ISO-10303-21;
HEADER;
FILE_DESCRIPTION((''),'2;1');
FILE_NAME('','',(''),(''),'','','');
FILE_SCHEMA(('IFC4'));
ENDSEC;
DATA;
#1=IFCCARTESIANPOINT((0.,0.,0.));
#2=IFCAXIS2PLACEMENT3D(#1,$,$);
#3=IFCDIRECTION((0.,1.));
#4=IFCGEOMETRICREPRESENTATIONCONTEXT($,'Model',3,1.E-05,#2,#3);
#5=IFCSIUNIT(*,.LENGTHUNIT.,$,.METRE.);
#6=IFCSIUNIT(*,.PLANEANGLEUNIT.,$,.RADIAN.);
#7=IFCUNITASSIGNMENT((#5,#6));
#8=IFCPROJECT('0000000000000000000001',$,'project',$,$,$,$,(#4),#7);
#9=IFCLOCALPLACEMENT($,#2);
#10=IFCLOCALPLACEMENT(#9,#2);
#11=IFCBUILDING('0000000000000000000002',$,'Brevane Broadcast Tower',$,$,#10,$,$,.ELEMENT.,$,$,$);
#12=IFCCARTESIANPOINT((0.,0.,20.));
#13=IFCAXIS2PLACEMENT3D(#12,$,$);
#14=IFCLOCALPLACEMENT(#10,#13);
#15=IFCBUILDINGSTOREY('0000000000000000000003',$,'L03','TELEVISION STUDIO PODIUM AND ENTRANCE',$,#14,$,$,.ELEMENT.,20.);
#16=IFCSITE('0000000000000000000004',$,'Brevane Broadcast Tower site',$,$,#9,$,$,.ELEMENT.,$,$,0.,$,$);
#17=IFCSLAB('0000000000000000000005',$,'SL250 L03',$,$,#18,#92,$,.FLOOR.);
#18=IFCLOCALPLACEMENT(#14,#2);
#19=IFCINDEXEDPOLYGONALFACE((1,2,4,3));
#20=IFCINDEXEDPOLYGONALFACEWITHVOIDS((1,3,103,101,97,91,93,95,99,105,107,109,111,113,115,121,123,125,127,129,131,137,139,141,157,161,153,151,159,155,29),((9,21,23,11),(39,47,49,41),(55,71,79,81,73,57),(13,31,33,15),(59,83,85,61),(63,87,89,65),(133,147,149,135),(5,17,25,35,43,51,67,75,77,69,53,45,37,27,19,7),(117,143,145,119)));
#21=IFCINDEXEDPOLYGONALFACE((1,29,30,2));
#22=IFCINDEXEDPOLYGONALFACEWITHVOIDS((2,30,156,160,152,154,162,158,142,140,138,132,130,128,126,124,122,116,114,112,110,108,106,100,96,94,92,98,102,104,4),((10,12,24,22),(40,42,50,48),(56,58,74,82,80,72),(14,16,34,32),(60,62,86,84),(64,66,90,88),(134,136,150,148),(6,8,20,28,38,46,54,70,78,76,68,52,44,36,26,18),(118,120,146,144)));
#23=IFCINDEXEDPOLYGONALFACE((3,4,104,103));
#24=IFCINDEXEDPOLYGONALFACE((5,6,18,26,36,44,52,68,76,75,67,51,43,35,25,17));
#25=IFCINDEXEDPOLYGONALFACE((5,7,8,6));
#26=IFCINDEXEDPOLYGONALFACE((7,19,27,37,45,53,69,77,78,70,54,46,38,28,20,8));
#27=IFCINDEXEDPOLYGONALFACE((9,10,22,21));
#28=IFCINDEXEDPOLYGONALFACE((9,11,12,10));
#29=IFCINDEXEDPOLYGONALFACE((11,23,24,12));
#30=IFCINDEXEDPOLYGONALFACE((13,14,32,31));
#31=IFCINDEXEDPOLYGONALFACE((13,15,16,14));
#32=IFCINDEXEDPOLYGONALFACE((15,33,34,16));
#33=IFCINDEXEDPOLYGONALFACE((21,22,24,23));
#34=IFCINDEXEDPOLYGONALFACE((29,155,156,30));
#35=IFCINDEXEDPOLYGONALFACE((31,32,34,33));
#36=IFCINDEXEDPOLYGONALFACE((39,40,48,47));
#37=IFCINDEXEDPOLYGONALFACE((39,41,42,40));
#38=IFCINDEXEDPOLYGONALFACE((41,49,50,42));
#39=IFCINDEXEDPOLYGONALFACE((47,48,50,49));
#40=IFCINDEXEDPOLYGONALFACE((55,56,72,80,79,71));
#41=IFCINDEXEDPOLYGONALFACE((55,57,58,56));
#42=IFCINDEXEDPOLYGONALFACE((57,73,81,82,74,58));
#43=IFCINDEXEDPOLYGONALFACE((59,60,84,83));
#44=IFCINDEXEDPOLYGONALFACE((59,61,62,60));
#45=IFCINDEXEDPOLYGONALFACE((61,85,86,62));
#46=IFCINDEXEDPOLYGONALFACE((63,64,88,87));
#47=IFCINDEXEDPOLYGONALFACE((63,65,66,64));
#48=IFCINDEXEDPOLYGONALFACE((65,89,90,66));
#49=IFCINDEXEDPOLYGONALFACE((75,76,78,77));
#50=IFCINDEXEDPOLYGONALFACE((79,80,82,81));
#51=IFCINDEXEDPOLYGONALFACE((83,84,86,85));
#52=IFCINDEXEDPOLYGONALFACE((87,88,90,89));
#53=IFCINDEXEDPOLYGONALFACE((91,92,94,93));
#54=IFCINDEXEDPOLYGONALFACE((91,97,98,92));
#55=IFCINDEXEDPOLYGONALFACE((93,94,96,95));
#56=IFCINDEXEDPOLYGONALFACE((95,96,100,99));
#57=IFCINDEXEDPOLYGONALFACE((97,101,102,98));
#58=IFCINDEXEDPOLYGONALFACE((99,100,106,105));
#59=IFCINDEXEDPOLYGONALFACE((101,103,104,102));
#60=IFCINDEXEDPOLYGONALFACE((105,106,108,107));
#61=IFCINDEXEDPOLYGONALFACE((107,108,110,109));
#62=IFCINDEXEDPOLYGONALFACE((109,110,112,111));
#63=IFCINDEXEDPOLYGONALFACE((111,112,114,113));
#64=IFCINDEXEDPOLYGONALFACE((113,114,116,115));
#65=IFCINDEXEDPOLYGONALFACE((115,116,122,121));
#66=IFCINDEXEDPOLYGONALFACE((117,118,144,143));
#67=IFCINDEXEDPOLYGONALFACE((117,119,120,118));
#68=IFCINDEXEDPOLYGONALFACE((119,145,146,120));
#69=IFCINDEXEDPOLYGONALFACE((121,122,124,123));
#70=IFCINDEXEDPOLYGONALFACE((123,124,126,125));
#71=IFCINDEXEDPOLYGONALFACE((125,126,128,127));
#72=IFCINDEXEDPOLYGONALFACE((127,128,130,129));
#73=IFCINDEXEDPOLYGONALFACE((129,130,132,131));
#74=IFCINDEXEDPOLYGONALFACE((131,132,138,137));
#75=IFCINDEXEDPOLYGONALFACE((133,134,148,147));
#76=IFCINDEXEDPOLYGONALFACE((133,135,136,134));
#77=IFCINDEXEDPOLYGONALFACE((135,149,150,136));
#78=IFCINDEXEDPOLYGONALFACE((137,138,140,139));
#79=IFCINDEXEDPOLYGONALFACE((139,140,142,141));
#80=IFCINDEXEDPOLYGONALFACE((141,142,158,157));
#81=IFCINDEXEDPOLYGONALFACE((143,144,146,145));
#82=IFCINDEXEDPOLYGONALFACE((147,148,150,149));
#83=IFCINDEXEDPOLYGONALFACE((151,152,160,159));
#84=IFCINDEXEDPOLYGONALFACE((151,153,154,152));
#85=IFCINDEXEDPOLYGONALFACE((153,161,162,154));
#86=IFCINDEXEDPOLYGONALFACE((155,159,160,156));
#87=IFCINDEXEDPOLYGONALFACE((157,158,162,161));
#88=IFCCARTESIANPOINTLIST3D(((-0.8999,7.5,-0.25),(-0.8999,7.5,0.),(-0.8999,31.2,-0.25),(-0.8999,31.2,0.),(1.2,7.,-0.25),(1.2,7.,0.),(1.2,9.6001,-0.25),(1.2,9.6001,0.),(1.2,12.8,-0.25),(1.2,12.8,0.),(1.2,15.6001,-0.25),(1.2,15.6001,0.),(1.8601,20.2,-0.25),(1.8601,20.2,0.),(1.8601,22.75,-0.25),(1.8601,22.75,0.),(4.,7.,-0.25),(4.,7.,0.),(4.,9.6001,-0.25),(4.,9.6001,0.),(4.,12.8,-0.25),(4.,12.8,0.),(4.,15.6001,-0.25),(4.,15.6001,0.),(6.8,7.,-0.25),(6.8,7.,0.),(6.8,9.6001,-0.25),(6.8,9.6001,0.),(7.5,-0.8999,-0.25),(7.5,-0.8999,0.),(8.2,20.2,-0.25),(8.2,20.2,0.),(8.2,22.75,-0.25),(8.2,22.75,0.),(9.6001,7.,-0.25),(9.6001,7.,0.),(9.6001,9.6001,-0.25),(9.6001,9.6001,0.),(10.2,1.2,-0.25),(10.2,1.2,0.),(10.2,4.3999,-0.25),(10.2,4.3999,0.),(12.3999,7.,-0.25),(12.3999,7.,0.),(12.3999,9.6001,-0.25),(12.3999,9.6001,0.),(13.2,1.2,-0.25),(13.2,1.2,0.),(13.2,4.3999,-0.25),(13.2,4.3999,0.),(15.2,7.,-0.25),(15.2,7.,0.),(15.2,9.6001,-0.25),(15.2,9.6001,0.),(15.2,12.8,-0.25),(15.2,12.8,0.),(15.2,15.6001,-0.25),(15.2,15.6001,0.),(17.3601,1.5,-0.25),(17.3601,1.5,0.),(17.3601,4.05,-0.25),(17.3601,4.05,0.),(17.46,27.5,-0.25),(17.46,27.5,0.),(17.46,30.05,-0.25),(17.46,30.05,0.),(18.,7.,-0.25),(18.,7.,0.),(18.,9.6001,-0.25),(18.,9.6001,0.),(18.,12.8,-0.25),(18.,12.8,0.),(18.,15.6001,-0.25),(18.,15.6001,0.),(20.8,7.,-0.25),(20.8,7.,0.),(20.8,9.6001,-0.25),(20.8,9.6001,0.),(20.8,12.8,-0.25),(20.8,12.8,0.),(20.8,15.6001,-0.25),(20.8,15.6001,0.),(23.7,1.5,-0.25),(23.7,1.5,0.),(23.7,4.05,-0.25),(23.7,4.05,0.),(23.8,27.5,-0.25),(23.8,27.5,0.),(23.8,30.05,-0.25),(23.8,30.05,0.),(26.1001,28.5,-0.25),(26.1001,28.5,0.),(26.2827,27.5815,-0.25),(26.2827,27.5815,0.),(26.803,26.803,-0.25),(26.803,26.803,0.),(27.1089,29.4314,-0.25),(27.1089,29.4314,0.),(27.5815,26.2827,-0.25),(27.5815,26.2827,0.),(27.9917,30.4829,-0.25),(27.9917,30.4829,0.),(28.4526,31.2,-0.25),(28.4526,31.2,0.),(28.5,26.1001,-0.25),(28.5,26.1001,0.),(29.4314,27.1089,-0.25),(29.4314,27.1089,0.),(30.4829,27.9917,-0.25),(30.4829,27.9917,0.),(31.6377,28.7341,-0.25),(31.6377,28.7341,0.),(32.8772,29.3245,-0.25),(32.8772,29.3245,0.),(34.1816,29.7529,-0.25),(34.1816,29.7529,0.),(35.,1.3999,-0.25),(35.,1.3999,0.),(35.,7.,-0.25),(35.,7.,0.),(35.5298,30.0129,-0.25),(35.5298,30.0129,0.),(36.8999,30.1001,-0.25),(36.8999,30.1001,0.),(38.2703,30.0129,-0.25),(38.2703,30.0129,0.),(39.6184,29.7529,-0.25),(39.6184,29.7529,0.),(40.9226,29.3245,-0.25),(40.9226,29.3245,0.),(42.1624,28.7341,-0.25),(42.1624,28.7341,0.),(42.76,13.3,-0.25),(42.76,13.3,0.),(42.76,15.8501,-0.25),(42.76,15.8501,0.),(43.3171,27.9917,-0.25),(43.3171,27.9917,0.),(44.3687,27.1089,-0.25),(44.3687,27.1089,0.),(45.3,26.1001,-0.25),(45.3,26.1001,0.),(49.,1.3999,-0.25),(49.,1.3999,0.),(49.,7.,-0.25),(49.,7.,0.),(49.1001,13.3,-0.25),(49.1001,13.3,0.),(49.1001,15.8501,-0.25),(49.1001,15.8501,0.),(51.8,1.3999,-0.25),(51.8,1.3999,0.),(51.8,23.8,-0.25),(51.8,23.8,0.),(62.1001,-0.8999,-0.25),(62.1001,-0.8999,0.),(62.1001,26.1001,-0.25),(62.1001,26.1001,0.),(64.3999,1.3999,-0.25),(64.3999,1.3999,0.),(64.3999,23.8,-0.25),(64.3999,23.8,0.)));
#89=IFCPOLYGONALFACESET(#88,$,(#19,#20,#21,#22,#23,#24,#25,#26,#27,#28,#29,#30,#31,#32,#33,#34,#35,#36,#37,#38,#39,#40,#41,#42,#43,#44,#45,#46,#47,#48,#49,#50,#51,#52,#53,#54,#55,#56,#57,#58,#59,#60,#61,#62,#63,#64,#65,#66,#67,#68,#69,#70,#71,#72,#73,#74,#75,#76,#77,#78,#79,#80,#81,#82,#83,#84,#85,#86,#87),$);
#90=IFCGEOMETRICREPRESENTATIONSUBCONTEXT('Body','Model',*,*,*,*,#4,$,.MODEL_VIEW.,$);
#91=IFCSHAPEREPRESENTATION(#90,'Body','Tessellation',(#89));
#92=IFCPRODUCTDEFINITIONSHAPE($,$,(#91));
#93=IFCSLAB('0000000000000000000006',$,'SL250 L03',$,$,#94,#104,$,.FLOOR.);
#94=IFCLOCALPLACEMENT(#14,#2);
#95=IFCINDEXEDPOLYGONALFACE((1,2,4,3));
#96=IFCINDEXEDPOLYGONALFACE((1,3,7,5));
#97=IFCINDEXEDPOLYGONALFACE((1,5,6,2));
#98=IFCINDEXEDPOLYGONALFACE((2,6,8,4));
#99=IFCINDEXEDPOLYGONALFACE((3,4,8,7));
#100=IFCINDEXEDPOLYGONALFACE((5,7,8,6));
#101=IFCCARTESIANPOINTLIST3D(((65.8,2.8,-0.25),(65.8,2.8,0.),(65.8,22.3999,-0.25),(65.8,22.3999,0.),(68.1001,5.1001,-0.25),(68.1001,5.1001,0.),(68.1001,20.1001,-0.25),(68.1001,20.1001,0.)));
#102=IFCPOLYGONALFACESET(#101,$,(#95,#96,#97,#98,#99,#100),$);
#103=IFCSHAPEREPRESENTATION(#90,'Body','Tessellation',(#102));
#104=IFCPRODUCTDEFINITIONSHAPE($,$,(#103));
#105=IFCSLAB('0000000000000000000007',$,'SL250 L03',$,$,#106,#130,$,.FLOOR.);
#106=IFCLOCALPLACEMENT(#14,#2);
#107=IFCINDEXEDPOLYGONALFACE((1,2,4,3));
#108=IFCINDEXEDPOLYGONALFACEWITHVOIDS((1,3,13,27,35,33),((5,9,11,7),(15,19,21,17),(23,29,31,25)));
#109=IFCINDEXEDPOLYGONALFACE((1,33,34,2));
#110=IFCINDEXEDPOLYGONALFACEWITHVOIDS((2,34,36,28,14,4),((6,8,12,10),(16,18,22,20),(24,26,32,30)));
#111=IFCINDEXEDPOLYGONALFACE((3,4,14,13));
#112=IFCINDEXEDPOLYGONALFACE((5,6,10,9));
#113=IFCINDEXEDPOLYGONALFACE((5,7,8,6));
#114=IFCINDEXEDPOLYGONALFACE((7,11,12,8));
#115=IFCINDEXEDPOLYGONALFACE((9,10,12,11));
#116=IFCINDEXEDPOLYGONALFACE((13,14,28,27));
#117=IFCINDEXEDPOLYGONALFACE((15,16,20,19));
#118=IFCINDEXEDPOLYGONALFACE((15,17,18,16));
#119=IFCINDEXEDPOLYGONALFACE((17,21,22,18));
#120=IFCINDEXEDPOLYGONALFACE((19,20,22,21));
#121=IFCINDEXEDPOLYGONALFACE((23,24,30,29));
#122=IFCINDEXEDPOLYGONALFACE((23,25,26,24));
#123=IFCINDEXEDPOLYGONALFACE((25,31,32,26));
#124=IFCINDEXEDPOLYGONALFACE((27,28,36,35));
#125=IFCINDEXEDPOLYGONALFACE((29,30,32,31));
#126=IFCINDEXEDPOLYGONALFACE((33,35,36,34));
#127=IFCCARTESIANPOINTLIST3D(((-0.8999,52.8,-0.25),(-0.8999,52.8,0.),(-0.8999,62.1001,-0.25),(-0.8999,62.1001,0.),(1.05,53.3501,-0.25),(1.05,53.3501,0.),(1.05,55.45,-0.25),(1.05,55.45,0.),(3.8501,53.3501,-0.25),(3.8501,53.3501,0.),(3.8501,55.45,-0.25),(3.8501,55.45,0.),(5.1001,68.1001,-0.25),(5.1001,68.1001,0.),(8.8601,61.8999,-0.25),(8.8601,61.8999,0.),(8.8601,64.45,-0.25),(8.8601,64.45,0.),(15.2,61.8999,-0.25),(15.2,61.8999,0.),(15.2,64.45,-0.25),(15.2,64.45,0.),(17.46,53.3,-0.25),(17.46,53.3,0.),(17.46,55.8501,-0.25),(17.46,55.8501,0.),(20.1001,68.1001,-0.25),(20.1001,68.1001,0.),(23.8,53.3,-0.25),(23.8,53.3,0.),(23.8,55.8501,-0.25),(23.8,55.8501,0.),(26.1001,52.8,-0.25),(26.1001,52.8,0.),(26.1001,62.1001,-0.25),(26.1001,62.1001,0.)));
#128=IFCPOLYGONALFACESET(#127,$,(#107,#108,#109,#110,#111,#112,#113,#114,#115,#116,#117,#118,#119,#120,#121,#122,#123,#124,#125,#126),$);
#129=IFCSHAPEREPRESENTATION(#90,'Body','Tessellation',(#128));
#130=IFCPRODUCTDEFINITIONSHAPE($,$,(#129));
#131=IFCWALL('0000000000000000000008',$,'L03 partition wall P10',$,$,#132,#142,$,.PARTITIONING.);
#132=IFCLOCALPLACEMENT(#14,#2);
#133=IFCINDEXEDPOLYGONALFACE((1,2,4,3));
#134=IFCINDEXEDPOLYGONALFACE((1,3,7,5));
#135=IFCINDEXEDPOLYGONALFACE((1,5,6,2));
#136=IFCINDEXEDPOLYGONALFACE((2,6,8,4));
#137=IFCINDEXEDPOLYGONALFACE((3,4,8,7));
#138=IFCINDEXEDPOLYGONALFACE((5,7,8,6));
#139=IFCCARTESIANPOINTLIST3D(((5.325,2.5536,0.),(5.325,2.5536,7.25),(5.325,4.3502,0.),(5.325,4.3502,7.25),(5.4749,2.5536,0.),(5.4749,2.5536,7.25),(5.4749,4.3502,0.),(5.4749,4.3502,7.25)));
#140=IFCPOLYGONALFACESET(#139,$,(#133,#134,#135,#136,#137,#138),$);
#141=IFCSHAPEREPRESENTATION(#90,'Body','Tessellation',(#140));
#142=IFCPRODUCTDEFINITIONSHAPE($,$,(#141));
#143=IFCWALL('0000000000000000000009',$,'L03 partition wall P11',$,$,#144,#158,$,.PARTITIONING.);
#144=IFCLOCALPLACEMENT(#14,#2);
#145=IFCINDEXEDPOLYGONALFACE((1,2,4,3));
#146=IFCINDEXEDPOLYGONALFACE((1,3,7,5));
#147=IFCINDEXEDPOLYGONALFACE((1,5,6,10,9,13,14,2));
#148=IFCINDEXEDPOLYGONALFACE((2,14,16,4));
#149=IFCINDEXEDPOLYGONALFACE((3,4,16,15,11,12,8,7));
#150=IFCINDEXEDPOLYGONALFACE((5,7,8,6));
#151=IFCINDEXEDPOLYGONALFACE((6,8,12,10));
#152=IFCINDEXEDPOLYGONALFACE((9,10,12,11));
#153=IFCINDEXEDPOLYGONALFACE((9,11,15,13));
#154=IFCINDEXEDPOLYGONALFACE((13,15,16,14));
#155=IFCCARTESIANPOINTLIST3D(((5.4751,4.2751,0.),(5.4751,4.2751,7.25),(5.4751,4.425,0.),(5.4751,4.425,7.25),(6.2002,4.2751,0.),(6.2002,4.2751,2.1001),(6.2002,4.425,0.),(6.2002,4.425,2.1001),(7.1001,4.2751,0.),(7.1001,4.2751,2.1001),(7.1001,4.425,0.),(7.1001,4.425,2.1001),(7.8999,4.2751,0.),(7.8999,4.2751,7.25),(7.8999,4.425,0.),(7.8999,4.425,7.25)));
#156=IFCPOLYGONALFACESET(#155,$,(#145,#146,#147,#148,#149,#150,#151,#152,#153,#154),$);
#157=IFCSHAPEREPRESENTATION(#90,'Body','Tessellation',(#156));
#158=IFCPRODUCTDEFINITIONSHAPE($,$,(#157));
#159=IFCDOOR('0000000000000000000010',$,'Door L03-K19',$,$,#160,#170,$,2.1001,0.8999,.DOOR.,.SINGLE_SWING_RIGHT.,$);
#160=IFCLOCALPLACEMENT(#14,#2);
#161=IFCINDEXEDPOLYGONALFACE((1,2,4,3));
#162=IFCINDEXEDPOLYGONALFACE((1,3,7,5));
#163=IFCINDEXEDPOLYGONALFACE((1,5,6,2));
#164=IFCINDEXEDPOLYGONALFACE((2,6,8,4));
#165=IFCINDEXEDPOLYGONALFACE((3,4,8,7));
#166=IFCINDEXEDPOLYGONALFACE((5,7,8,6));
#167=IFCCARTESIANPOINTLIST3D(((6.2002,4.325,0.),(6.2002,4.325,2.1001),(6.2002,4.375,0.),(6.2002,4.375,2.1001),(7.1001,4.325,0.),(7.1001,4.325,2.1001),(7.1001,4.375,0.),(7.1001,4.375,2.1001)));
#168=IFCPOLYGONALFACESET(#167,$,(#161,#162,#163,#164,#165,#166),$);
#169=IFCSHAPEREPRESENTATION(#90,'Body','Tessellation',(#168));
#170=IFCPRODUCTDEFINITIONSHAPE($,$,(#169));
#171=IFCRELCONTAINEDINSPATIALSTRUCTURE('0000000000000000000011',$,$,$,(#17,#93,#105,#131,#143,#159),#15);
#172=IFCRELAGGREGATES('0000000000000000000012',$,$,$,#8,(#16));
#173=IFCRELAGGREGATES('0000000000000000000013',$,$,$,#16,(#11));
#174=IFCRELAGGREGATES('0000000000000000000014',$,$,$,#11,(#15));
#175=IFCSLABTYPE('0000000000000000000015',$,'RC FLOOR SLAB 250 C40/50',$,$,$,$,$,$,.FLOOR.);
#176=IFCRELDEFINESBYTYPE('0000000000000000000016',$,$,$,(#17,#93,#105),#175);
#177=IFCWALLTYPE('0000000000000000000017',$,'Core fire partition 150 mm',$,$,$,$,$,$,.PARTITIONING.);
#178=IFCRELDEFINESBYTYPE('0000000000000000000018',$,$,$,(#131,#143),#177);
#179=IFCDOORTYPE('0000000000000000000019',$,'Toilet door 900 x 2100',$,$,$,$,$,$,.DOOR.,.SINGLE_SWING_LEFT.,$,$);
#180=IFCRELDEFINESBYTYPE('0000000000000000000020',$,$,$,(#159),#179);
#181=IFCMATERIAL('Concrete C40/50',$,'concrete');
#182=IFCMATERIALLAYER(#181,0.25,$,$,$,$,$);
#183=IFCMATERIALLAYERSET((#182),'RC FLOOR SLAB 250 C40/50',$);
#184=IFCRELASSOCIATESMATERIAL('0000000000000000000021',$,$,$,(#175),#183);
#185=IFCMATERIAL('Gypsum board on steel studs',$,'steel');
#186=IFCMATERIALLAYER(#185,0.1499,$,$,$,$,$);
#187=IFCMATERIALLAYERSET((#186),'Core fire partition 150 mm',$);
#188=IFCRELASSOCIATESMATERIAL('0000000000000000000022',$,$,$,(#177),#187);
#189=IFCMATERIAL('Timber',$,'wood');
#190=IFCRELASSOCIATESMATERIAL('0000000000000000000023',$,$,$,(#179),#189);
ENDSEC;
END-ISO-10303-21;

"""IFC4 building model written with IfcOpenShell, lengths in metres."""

from ifc_helpers import new_model, si_unit, direction, frame, frame_2d, origin, place, context, subcontext, project, spatial, polyline, rectangle, outline, extrude, material, layer, layer_set, type_object, element, fill, save


model = new_model("IFC4")

# Units and contexts
model_context = context("Model", 3, precision=1e-05, world=origin(), true_north=direction((0.0, 1.0)))
body_context = subcontext(model_context, "Body", "Model", "MODEL_VIEW")
ifc_project = project(units=[si_unit("LENGTHUNIT", "METRE"), si_unit("PLANEANGLEUNIT", "RADIAN")], contexts=[model_context])

# Site, building, storey
site_placement = place(None, origin())
site = spatial("IfcSite", under=ifc_project, at=site_placement, Name="Brevane Broadcast Tower site", CompositionType="ELEMENT", RefElevation=0.0)
building_placement = place(site_placement, origin())
building = spatial("IfcBuilding", under=site, at=building_placement, Name="Brevane Broadcast Tower", CompositionType="ELEMENT")
storey_placement = place(building_placement, frame((0.0, 0.0, 20.0)))
storey = spatial("IfcBuildingStorey", under=building, at=storey_placement, Name="L03", Description="TELEVISION STUDIO PODIUM AND ENTRANCE", CompositionType="ELEMENT", Elevation=20.0)

# Slabs
ifc_material_1 = material(Name="Concrete C40/50", Category="concrete")
ifc_layer_1 = layer(ifc_material_1, 0.25)
ifc_layer_set_1 = layer_set([ifc_layer_1], Name="RC FLOOR SLAB 250 C40/50")
slab_type_1 = type_object("IfcSlabType", Name="RC FLOOR SLAB 250 C40/50", PredefinedType="FLOOR", material=ifc_layer_set_1)
slab_1_placement = place(storey_placement, frame((0.0, 0.0, -0.25)))
element("IfcSlab", 1, at=slab_1_placement, inside=storey, type_object=slab_type_1, Name="SL250 L03", PredefinedType="FLOOR", context=body_context, shape_type="SweptSolid", body=[
    extrude(outline(polyline([(-0.8999, 31.2), (28.4526, 31.2), (27.9917, 30.4829), (27.1089, 29.4314), (26.1001, 28.5), (26.2827, 27.5815), (26.803, 26.803), (27.5815, 26.2827), (28.5, 26.1001), (29.4314, 27.1089), (30.4829, 27.9917), (31.6377, 28.7341), (32.8772, 29.3245), (34.1816, 29.7529), (35.5298, 30.0129), (36.8999, 30.1001), (38.2703, 30.0129), (39.6184, 29.7529), (40.9226, 29.3245), (42.1624, 28.7341), (43.3171, 27.9917), (44.3687, 27.1089), (45.3, 26.1001), (62.1001, 26.1001), (64.3999, 23.8), (51.8, 23.8), (51.8, 1.3999), (64.3999, 1.3999), (62.1001, -0.8999), (7.5, -0.8999), (-0.8999, 7.5), (-0.8999, 31.2)]), holes=[polyline([(13.2, 1.2), (13.2, 4.3999), (10.2, 4.3999), (10.2, 1.2), (13.2, 1.2)]), polyline([(6.8, 9.6001), (4.0, 9.6001), (1.2, 9.6001), (1.2, 7.0), (4.0, 7.0), (6.8, 7.0), (9.6001, 7.0), (12.3999, 7.0), (15.2, 7.0), (18.0, 7.0), (20.8, 7.0), (20.8, 9.6001), (18.0, 9.6001), (15.2, 9.6001), (12.3999, 9.6001), (9.6001, 9.6001), (6.8, 9.6001)]), polyline([(4.0, 12.8), (4.0, 15.6001), (1.2, 15.6001), (1.2, 12.8), (4.0, 12.8)]), polyline([(8.2, 22.75), (1.8601, 22.75), (1.8601, 20.2), (8.2, 20.2), (8.2, 22.75)]), polyline([(23.7, 4.05), (17.3601, 4.05), (17.3601, 1.5), (23.7, 1.5), (23.7, 4.05)]), polyline([(49.0, 1.3999), (49.0, 7.0), (35.0, 7.0), (35.0, 1.3999), (49.0, 1.3999)]), polyline([(18.0, 15.6001), (15.2, 15.6001), (15.2, 12.8), (18.0, 12.8), (20.8, 12.8), (20.8, 15.6001), (18.0, 15.6001)]), polyline([(49.1001, 15.8501), (42.76, 15.8501), (42.76, 13.3), (49.1001, 13.3), (49.1001, 15.8501)]), polyline([(23.8, 27.5), (23.8, 30.05), (17.46, 30.05), (17.46, 27.5), (23.8, 27.5)])]), origin(), (0.0, 0.0, 1.0), 0.25),
])
slab_2_placement = place(storey_placement, frame((0.0, 0.0, -0.25)))
element("IfcSlab", 2, at=slab_2_placement, inside=storey, type_object=slab_type_1, Name="SL250 L03", PredefinedType="FLOOR", context=body_context, shape_type="SweptSolid", body=[
    extrude(outline(polyline([(68.1001, 20.1001), (68.1001, 5.1001), (65.8, 2.8), (65.8, 22.3999), (68.1001, 20.1001)])), origin(), (0.0, 0.0, 1.0), 0.25),
])
slab_3_placement = place(storey_placement, frame((0.0, 0.0, -0.25)))
element("IfcSlab", 3, at=slab_3_placement, inside=storey, type_object=slab_type_1, Name="SL250 L03", PredefinedType="FLOOR", context=body_context, shape_type="SweptSolid", body=[
    extrude(outline(polyline([(5.1001, 68.1001), (20.1001, 68.1001), (26.1001, 62.1001), (26.1001, 52.8), (-0.8999, 52.8), (-0.8999, 62.1001), (5.1001, 68.1001)]), holes=[polyline([(1.05, 53.3501), (3.8501, 53.3501), (3.8501, 55.45), (1.05, 55.45), (1.05, 53.3501)]), polyline([(15.2, 61.8999), (15.2, 64.45), (8.8601, 64.45), (8.8601, 61.8999), (15.2, 61.8999)]), polyline([(23.8, 53.3), (23.8, 55.8501), (17.46, 55.8501), (17.46, 53.3), (23.8, 53.3)])]), origin(), (0.0, 0.0, 1.0), 0.25),
])

# Wall
ifc_material_2 = material(Name="Gypsum board on steel studs", Category="steel")
ifc_layer_2 = layer(ifc_material_2, 0.1499)
ifc_layer_set_2 = layer_set([ifc_layer_2], Name="Core fire partition 150 mm")
wall_type_1 = type_object("IfcWallType", Name="Core fire partition 150 mm", PredefinedType="PARTITIONING", material=ifc_layer_set_2)
wall_1_placement = place(storey_placement, frame((5.3999, 2.5535, 0.0), z_axis=(0.0, 0.0, 1.0), x_axis=(0.0, 1.0, 0.0)))
element("IfcWall", 4, at=wall_1_placement, inside=storey, type_object=wall_type_1, Name="L03 partition wall P10", PredefinedType="PARTITIONING", context=body_context, shape_type="SweptSolid", body=[
    extrude(rectangle(XDim=1.7966, YDim=0.1499, at=frame_2d((0.8984, 0.0))), origin(), (0.0, 0.0, 1.0), 7.25),
])

# Wall, opening, door
wall_2_placement = place(storey_placement, frame((5.4751, 4.3501, 0.0), z_axis=(0.0, 0.0, 1.0), x_axis=(1.0, 0.0, 0.0)))
wall_2 = element("IfcWall", 5, at=wall_2_placement, inside=storey, type_object=wall_type_1, Name="L03 partition wall P11", PredefinedType="PARTITIONING", context=body_context, shape_type="SweptSolid", body=[
    extrude(rectangle(XDim=2.4248, YDim=0.1499, at=frame_2d((1.2124, 0.0))), origin(), (0.0, 0.0, 1.0), 7.25),
])
opening_1_placement = place(wall_2_placement, frame((0.7251, 0.0, 0.0)))
opening_1 = element("IfcOpeningElement", 6, at=opening_1_placement, cuts=wall_2, PredefinedType="OPENING", context=body_context, shape_type="SweptSolid", body=[
    extrude(rectangle(XDim=0.8999, YDim=2.1001, at=frame_2d((0.45, 1.05))), frame((0.0, 0.085, 0.0), z_axis=(0.0, -1.0, 0.0), x_axis=(1.0, 0.0, 0.0)), (0.0, 0.0, 1.0), 0.1699),
])
ifc_material_3 = material(Name="Timber", Category="wood")
door_type_1 = type_object("IfcDoorType", Name="Toilet door 900 x 2100", OperationType="SINGLE_SWING_LEFT", PredefinedType="DOOR", material=ifc_material_3)
door_1_placement = place(opening_1_placement, origin())
door_1 = element("IfcDoor", 7, at=door_1_placement, inside=storey, type_object=door_type_1, Name="Door L03-K19", OperationType="SINGLE_SWING_RIGHT", OverallHeight=2.1001, OverallWidth=0.8999, PredefinedType="DOOR", context=body_context, shape_type="SweptSolid", body=[
    extrude(rectangle(XDim=0.8999, YDim=2.1001, at=frame_2d((0.45, 1.05))), frame((0.0, 0.0249, 0.0), z_axis=(0.0, -1.0, 0.0), x_axis=(1.0, 0.0, 0.0)), (0.0, 0.0, 1.0), 0.05),
])
fill(opening_1, door_1)

save(model, "model.ifc")
